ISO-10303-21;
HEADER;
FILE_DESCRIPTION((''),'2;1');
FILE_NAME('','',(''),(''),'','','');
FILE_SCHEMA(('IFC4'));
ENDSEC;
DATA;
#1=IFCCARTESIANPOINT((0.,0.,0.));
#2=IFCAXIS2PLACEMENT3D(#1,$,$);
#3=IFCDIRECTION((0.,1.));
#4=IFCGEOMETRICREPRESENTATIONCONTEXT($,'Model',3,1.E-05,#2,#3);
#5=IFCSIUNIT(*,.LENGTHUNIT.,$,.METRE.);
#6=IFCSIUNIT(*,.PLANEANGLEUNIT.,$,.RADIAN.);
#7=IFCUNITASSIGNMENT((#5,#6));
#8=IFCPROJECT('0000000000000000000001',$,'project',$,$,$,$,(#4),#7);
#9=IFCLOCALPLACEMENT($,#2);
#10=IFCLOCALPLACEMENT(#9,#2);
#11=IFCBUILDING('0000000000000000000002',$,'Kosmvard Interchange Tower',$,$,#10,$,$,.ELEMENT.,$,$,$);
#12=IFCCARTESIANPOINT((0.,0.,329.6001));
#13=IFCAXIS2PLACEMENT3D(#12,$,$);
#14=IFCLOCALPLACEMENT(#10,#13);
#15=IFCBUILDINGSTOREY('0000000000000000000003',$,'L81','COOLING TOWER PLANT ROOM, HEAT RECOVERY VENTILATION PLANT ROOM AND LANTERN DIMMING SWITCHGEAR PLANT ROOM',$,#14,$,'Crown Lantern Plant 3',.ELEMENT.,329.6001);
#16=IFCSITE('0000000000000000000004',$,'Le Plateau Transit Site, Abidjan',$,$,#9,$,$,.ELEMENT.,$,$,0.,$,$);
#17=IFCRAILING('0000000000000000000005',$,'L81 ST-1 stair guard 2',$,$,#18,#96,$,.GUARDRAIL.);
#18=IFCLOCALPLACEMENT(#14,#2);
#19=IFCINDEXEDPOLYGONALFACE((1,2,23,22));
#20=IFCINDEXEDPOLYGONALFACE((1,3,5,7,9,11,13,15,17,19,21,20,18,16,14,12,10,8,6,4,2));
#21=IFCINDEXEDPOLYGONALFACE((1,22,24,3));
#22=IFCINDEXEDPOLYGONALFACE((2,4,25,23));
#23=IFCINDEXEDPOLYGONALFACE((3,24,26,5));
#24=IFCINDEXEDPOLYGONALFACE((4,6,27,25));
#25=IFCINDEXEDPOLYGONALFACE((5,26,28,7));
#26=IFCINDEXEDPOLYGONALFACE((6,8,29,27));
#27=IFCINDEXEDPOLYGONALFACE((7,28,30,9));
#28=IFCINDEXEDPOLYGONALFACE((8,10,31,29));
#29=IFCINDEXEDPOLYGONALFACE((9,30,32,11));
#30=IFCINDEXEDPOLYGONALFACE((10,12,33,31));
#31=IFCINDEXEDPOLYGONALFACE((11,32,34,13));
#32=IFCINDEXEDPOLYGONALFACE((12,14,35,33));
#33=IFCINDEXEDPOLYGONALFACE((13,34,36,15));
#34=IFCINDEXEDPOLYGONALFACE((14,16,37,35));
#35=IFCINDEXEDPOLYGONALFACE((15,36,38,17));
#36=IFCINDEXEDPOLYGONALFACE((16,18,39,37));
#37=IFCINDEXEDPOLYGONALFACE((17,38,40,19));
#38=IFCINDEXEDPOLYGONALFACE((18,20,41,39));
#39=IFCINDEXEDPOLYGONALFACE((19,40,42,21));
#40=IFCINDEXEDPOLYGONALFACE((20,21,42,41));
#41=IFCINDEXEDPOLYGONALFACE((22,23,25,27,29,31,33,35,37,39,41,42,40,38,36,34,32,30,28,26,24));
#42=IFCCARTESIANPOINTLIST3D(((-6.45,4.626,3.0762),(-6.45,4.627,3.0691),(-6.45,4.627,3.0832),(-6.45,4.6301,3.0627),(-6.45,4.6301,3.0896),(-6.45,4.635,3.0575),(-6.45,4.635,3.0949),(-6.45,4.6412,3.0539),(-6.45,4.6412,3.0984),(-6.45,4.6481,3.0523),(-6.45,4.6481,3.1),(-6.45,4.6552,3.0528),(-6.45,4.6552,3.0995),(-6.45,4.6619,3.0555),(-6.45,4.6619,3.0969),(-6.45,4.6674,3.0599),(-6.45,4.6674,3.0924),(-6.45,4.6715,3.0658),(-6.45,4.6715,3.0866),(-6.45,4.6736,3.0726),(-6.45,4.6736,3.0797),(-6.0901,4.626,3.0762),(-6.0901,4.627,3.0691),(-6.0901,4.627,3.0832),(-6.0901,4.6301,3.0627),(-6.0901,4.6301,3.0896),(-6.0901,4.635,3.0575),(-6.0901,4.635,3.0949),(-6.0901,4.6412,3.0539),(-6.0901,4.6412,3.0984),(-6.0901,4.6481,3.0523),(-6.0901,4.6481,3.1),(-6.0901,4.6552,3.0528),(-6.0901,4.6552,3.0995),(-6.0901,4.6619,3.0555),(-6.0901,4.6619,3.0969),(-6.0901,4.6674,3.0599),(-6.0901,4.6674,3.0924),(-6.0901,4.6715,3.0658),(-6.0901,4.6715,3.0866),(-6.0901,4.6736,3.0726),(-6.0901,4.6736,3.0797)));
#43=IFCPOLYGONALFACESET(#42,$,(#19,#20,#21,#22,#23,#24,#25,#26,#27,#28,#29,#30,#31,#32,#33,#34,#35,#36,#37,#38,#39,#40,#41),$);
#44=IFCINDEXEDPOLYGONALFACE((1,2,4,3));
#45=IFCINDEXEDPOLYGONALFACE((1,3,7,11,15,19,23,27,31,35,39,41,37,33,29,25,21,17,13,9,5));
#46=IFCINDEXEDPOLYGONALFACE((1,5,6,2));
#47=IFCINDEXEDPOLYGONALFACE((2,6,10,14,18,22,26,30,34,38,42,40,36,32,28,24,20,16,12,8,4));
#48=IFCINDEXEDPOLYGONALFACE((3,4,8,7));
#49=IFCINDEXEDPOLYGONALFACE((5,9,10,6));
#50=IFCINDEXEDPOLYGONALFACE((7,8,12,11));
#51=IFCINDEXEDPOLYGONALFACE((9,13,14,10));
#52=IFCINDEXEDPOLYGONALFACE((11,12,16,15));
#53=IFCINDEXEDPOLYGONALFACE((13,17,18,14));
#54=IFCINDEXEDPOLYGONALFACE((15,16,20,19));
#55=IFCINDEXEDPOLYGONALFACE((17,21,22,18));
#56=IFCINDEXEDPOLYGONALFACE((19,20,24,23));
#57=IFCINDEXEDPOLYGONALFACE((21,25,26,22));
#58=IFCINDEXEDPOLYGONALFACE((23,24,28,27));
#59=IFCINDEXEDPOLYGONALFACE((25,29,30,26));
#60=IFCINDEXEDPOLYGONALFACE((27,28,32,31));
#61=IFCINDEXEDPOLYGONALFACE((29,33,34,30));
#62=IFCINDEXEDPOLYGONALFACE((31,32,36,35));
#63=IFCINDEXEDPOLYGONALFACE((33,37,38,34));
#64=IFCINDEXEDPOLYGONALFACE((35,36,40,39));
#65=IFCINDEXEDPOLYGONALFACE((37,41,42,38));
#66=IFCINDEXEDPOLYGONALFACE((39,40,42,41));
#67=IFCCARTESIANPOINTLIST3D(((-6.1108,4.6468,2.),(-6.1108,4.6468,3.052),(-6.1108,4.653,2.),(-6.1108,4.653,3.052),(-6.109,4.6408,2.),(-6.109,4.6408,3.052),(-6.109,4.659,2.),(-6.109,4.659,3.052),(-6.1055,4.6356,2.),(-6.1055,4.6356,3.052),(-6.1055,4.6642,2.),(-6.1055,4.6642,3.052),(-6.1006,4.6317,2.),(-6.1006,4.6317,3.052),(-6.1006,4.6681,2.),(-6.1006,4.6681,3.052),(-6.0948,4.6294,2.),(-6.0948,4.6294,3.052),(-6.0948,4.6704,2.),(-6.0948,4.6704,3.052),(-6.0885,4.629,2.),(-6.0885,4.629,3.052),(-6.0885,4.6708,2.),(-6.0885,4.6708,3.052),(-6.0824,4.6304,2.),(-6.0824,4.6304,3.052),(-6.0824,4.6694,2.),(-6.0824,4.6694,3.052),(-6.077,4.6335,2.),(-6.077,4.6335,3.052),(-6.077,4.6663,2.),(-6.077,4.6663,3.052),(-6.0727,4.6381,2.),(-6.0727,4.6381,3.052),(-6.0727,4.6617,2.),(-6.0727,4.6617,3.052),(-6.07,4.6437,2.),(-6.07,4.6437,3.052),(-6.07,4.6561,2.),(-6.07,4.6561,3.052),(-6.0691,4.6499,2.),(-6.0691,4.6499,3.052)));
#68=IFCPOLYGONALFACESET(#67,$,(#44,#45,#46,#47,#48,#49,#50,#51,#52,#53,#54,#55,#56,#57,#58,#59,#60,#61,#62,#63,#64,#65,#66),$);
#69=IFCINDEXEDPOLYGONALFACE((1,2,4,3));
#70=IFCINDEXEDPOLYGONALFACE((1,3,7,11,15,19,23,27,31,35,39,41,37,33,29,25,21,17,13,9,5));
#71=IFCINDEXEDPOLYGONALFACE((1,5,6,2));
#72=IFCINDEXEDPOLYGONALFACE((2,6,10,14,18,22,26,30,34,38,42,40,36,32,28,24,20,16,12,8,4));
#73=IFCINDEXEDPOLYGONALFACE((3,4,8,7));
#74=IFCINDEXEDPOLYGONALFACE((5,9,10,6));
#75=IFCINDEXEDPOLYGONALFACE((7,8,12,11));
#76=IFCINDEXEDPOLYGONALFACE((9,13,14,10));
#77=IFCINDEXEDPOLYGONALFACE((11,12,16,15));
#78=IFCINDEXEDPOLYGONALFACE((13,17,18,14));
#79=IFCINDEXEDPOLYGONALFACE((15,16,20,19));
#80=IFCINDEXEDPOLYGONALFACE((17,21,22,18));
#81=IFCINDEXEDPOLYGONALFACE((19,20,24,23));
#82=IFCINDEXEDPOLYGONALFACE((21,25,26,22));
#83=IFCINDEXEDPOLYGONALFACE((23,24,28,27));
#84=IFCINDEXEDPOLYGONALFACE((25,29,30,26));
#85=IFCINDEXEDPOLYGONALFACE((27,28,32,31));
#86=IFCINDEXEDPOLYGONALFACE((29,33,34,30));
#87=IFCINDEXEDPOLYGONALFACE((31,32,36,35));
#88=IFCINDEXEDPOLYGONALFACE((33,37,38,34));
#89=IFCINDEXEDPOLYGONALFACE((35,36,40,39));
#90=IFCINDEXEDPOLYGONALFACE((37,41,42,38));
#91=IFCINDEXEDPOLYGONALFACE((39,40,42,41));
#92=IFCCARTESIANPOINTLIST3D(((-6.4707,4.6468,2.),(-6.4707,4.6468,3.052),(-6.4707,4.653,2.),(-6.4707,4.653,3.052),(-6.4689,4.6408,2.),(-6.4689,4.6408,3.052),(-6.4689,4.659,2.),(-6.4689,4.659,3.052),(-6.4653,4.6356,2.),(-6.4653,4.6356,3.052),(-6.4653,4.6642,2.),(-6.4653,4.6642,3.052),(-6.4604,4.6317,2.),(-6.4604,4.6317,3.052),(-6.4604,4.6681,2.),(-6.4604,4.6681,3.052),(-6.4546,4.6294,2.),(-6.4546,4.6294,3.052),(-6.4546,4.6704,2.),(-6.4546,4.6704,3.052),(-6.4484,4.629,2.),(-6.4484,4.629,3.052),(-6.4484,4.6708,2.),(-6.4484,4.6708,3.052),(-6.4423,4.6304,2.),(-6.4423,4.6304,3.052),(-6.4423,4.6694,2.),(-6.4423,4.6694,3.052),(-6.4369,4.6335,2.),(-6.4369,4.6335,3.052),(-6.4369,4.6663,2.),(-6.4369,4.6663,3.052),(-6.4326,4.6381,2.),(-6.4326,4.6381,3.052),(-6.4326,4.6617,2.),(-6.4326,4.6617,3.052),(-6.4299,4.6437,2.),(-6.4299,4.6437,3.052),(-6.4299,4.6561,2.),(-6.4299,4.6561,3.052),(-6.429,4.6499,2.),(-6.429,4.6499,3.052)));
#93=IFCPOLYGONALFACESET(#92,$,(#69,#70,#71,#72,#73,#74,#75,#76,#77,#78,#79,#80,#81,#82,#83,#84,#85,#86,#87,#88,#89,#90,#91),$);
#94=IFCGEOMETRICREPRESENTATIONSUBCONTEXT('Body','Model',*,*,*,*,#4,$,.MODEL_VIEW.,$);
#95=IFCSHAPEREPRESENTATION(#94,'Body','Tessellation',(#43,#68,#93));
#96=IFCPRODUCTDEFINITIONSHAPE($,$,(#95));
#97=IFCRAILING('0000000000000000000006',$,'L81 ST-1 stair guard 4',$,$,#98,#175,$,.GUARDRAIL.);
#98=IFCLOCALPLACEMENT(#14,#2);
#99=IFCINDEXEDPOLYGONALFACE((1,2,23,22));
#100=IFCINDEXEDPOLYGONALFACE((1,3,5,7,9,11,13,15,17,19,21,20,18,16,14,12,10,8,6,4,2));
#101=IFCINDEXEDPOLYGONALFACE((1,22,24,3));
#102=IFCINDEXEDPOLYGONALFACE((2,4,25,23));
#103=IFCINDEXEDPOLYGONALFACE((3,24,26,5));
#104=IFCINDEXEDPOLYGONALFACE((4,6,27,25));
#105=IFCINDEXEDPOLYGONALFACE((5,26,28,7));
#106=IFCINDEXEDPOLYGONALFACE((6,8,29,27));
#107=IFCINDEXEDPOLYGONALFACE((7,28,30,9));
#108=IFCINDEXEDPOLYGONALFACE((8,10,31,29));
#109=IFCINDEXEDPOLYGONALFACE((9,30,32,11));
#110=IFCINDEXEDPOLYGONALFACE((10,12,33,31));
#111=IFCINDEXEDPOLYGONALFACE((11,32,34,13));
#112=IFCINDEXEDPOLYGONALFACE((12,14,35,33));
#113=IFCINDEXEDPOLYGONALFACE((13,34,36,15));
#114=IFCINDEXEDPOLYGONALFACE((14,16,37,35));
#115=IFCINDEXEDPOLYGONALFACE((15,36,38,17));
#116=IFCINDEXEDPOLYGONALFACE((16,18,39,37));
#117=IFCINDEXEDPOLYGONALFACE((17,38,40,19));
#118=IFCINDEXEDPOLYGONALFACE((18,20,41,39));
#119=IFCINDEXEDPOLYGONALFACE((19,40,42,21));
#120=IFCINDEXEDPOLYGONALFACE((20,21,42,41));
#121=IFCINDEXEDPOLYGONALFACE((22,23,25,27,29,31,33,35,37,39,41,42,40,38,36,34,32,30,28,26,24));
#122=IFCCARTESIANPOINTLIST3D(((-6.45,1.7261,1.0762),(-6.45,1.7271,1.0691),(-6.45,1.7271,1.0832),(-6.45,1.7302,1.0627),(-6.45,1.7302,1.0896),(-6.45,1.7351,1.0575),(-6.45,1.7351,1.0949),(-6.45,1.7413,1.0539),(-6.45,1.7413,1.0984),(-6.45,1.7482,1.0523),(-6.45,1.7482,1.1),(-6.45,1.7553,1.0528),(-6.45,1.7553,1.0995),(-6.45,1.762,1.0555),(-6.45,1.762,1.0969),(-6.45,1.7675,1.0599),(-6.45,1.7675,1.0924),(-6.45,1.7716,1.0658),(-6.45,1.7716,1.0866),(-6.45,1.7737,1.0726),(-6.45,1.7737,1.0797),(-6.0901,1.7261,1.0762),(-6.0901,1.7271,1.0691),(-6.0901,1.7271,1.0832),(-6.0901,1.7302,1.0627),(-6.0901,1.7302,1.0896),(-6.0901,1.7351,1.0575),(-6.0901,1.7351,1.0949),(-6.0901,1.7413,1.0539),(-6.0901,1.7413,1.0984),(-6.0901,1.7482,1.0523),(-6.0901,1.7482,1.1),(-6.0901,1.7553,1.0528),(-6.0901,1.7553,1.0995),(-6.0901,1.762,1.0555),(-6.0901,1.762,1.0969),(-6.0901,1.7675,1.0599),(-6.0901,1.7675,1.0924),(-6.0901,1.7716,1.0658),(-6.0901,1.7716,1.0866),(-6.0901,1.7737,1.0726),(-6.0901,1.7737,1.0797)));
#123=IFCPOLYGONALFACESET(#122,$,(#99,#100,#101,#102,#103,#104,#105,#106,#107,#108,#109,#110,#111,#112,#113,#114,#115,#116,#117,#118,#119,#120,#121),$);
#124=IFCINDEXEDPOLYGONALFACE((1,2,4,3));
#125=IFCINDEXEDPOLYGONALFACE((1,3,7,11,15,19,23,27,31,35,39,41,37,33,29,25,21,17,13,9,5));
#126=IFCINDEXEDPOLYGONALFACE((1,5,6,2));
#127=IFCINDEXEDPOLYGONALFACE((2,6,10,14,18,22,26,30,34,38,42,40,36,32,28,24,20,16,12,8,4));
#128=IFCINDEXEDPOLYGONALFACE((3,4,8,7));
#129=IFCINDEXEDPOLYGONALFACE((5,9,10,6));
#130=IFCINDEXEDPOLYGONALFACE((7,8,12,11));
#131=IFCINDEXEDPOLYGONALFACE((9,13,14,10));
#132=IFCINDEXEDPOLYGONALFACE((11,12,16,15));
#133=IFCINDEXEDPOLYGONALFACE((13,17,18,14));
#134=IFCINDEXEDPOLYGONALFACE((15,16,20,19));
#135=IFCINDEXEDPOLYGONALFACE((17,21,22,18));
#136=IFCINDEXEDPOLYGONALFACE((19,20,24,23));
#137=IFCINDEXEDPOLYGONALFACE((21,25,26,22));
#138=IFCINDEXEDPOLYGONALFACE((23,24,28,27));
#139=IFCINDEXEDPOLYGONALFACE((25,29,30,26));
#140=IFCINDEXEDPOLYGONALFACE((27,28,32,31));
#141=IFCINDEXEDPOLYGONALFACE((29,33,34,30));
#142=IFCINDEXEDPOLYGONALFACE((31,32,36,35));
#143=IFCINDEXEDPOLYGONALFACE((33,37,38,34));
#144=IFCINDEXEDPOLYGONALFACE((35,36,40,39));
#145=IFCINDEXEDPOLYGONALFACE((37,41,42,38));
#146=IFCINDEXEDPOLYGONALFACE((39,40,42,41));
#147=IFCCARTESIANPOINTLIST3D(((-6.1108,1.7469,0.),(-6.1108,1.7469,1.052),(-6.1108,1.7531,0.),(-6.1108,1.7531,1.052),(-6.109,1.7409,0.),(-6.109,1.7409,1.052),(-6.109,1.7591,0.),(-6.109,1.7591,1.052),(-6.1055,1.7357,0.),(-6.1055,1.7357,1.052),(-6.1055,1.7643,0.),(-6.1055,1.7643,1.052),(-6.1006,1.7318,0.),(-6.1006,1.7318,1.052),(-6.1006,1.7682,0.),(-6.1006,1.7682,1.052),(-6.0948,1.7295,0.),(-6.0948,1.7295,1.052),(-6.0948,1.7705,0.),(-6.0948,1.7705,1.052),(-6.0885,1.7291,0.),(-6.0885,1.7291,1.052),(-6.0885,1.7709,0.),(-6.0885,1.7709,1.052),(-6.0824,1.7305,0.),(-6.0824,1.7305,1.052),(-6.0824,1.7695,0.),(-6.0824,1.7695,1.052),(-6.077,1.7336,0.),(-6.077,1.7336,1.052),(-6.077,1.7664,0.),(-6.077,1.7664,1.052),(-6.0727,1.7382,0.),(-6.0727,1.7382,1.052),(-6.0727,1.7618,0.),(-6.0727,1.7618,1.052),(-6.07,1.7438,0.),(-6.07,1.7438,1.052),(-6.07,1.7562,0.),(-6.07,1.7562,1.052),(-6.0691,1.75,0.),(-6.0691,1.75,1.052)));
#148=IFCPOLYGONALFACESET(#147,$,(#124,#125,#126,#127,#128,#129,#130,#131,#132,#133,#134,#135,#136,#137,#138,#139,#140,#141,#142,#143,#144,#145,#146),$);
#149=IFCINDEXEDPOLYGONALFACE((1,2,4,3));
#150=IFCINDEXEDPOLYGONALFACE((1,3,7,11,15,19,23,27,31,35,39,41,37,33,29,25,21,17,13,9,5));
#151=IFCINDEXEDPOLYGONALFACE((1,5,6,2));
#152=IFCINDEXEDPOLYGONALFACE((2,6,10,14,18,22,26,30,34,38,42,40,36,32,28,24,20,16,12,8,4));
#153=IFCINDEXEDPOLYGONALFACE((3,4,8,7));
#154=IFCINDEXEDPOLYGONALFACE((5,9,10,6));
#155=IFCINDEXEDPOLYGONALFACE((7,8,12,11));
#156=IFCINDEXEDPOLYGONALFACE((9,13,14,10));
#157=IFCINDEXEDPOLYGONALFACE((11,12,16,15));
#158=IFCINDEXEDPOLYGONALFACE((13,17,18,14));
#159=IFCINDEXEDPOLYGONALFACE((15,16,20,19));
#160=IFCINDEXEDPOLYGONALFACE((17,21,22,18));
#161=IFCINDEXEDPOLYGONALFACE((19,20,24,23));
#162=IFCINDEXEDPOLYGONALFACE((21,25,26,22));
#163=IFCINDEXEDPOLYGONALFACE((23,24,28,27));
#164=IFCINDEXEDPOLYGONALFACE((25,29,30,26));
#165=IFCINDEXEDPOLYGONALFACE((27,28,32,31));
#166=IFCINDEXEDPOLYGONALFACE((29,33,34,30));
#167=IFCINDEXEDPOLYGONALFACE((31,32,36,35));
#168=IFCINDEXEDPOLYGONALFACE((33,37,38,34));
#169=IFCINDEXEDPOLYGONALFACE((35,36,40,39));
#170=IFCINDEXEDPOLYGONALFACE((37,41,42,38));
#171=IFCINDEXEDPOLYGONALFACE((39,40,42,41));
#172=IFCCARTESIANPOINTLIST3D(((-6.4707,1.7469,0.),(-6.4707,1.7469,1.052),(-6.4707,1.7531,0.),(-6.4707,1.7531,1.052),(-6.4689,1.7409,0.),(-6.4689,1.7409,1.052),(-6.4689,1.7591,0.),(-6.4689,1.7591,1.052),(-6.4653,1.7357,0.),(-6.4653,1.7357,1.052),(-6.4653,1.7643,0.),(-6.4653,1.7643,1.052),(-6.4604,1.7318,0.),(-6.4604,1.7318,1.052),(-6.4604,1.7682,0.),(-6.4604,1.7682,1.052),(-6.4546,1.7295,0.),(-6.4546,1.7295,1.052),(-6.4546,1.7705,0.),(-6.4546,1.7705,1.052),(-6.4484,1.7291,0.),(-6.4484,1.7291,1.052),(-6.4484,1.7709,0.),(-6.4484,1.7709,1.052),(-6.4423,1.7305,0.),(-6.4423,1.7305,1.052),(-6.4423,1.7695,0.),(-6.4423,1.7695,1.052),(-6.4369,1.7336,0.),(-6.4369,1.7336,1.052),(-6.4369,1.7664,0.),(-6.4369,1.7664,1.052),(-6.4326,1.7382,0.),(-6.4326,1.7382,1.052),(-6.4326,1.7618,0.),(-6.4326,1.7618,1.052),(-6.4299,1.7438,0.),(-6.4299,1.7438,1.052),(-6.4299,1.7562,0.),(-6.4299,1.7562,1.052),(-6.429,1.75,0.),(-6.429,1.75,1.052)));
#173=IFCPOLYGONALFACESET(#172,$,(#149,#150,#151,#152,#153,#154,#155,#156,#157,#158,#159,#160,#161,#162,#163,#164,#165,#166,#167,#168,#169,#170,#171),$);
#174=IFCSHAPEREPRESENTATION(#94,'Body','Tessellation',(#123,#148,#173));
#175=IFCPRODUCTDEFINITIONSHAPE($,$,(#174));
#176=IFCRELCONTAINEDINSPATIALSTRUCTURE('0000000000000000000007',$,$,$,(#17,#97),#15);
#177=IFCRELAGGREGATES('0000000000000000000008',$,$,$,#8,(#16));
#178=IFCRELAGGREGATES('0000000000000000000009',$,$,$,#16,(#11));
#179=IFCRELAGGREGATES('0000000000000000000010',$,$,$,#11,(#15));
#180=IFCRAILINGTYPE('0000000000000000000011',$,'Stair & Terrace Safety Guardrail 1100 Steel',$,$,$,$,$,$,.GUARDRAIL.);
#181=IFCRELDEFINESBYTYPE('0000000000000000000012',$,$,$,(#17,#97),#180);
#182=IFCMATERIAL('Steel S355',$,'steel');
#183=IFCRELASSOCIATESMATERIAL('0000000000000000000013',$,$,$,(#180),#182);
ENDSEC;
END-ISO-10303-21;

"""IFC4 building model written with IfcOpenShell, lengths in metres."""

from ifc_helpers import new_model, si_unit, direction, frame, origin, origin_2d, place, context, subcontext, project, spatial, circle, extrude, source, transform, mapped, material, type_object, element, save


model = new_model("IFC4")

# Units and contexts
model_context = context("Model", 3, precision=1e-05, world=origin(), true_north=direction((0.0, 1.0)))
body_context = subcontext(model_context, "Body", "Model", "MODEL_VIEW")
ifc_project = project(units=[si_unit("LENGTHUNIT", "METRE"), si_unit("PLANEANGLEUNIT", "RADIAN")], contexts=[model_context])

# Site, building, storey
site_placement = place(None, origin())
site = spatial("IfcSite", under=ifc_project, at=site_placement, Name="Le Plateau Transit Site, Abidjan", CompositionType="ELEMENT", RefElevation=0.0)
building_placement = place(site_placement, origin())
building = spatial("IfcBuilding", under=site, at=building_placement, Name="Kosmvard Interchange Tower", CompositionType="ELEMENT")
storey_placement = place(building_placement, frame((0.0, 0.0, 329.6001)))
storey = spatial("IfcBuildingStorey", under=building, at=storey_placement, Name="L81", Description="COOLING TOWER PLANT ROOM, HEAT RECOVERY VENTILATION PLANT ROOM AND LANTERN DIMMING SWITCHGEAR PLANT ROOM", LongName="Crown Lantern Plant 3", CompositionType="ELEMENT", Elevation=329.6001)

# Shared definitions
ifc_material_1 = material(Name="Steel S355", Category="steel")

# Railings
railing_type_1 = type_object("IfcRailingType", Name="Stair & Terrace Safety Guardrail 1100 Steel", PredefinedType="GUARDRAIL", material=ifc_material_1)
shared_shape_1 = source(origin(), body_context, "Body", "SweptSolid", [
    extrude(circle(Radius=0.0239, at=origin_2d()), frame((0.0, 0.0, 1.0762), z_axis=(-1.0, 0.0, 0.0), x_axis=(0.0, -1.0, 0.0)), (0.0, 0.0, 1.0), 0.3599),
    extrude(circle(Radius=0.021, at=origin_2d()), origin(), (0.0, 0.0, 1.0), 1.052),
    extrude(circle(Radius=0.021, at=origin_2d()), frame((-0.3599, 0.0, 0.0)), (0.0, 0.0, 1.0), 1.052),
])
for number, where, name in (
    (1, (-6.0901, 4.6499, 2.0), "L81 ST-1 stair guard 2"),
    (2, (-6.0901, 1.75, 0.0), "L81 ST-1 stair guard 4"),
):
    element("IfcRailing", number, at=place(storey_placement, frame(where)), inside=storey, type_object=railing_type_1, Name=name, PredefinedType="GUARDRAIL", context=body_context, shape_type="MappedRepresentation", body=[
        mapped(shared_shape_1, transform((0.0, 0.0, 0.0), scale=1.0)),
    ])

save(model, "model.ifc")
